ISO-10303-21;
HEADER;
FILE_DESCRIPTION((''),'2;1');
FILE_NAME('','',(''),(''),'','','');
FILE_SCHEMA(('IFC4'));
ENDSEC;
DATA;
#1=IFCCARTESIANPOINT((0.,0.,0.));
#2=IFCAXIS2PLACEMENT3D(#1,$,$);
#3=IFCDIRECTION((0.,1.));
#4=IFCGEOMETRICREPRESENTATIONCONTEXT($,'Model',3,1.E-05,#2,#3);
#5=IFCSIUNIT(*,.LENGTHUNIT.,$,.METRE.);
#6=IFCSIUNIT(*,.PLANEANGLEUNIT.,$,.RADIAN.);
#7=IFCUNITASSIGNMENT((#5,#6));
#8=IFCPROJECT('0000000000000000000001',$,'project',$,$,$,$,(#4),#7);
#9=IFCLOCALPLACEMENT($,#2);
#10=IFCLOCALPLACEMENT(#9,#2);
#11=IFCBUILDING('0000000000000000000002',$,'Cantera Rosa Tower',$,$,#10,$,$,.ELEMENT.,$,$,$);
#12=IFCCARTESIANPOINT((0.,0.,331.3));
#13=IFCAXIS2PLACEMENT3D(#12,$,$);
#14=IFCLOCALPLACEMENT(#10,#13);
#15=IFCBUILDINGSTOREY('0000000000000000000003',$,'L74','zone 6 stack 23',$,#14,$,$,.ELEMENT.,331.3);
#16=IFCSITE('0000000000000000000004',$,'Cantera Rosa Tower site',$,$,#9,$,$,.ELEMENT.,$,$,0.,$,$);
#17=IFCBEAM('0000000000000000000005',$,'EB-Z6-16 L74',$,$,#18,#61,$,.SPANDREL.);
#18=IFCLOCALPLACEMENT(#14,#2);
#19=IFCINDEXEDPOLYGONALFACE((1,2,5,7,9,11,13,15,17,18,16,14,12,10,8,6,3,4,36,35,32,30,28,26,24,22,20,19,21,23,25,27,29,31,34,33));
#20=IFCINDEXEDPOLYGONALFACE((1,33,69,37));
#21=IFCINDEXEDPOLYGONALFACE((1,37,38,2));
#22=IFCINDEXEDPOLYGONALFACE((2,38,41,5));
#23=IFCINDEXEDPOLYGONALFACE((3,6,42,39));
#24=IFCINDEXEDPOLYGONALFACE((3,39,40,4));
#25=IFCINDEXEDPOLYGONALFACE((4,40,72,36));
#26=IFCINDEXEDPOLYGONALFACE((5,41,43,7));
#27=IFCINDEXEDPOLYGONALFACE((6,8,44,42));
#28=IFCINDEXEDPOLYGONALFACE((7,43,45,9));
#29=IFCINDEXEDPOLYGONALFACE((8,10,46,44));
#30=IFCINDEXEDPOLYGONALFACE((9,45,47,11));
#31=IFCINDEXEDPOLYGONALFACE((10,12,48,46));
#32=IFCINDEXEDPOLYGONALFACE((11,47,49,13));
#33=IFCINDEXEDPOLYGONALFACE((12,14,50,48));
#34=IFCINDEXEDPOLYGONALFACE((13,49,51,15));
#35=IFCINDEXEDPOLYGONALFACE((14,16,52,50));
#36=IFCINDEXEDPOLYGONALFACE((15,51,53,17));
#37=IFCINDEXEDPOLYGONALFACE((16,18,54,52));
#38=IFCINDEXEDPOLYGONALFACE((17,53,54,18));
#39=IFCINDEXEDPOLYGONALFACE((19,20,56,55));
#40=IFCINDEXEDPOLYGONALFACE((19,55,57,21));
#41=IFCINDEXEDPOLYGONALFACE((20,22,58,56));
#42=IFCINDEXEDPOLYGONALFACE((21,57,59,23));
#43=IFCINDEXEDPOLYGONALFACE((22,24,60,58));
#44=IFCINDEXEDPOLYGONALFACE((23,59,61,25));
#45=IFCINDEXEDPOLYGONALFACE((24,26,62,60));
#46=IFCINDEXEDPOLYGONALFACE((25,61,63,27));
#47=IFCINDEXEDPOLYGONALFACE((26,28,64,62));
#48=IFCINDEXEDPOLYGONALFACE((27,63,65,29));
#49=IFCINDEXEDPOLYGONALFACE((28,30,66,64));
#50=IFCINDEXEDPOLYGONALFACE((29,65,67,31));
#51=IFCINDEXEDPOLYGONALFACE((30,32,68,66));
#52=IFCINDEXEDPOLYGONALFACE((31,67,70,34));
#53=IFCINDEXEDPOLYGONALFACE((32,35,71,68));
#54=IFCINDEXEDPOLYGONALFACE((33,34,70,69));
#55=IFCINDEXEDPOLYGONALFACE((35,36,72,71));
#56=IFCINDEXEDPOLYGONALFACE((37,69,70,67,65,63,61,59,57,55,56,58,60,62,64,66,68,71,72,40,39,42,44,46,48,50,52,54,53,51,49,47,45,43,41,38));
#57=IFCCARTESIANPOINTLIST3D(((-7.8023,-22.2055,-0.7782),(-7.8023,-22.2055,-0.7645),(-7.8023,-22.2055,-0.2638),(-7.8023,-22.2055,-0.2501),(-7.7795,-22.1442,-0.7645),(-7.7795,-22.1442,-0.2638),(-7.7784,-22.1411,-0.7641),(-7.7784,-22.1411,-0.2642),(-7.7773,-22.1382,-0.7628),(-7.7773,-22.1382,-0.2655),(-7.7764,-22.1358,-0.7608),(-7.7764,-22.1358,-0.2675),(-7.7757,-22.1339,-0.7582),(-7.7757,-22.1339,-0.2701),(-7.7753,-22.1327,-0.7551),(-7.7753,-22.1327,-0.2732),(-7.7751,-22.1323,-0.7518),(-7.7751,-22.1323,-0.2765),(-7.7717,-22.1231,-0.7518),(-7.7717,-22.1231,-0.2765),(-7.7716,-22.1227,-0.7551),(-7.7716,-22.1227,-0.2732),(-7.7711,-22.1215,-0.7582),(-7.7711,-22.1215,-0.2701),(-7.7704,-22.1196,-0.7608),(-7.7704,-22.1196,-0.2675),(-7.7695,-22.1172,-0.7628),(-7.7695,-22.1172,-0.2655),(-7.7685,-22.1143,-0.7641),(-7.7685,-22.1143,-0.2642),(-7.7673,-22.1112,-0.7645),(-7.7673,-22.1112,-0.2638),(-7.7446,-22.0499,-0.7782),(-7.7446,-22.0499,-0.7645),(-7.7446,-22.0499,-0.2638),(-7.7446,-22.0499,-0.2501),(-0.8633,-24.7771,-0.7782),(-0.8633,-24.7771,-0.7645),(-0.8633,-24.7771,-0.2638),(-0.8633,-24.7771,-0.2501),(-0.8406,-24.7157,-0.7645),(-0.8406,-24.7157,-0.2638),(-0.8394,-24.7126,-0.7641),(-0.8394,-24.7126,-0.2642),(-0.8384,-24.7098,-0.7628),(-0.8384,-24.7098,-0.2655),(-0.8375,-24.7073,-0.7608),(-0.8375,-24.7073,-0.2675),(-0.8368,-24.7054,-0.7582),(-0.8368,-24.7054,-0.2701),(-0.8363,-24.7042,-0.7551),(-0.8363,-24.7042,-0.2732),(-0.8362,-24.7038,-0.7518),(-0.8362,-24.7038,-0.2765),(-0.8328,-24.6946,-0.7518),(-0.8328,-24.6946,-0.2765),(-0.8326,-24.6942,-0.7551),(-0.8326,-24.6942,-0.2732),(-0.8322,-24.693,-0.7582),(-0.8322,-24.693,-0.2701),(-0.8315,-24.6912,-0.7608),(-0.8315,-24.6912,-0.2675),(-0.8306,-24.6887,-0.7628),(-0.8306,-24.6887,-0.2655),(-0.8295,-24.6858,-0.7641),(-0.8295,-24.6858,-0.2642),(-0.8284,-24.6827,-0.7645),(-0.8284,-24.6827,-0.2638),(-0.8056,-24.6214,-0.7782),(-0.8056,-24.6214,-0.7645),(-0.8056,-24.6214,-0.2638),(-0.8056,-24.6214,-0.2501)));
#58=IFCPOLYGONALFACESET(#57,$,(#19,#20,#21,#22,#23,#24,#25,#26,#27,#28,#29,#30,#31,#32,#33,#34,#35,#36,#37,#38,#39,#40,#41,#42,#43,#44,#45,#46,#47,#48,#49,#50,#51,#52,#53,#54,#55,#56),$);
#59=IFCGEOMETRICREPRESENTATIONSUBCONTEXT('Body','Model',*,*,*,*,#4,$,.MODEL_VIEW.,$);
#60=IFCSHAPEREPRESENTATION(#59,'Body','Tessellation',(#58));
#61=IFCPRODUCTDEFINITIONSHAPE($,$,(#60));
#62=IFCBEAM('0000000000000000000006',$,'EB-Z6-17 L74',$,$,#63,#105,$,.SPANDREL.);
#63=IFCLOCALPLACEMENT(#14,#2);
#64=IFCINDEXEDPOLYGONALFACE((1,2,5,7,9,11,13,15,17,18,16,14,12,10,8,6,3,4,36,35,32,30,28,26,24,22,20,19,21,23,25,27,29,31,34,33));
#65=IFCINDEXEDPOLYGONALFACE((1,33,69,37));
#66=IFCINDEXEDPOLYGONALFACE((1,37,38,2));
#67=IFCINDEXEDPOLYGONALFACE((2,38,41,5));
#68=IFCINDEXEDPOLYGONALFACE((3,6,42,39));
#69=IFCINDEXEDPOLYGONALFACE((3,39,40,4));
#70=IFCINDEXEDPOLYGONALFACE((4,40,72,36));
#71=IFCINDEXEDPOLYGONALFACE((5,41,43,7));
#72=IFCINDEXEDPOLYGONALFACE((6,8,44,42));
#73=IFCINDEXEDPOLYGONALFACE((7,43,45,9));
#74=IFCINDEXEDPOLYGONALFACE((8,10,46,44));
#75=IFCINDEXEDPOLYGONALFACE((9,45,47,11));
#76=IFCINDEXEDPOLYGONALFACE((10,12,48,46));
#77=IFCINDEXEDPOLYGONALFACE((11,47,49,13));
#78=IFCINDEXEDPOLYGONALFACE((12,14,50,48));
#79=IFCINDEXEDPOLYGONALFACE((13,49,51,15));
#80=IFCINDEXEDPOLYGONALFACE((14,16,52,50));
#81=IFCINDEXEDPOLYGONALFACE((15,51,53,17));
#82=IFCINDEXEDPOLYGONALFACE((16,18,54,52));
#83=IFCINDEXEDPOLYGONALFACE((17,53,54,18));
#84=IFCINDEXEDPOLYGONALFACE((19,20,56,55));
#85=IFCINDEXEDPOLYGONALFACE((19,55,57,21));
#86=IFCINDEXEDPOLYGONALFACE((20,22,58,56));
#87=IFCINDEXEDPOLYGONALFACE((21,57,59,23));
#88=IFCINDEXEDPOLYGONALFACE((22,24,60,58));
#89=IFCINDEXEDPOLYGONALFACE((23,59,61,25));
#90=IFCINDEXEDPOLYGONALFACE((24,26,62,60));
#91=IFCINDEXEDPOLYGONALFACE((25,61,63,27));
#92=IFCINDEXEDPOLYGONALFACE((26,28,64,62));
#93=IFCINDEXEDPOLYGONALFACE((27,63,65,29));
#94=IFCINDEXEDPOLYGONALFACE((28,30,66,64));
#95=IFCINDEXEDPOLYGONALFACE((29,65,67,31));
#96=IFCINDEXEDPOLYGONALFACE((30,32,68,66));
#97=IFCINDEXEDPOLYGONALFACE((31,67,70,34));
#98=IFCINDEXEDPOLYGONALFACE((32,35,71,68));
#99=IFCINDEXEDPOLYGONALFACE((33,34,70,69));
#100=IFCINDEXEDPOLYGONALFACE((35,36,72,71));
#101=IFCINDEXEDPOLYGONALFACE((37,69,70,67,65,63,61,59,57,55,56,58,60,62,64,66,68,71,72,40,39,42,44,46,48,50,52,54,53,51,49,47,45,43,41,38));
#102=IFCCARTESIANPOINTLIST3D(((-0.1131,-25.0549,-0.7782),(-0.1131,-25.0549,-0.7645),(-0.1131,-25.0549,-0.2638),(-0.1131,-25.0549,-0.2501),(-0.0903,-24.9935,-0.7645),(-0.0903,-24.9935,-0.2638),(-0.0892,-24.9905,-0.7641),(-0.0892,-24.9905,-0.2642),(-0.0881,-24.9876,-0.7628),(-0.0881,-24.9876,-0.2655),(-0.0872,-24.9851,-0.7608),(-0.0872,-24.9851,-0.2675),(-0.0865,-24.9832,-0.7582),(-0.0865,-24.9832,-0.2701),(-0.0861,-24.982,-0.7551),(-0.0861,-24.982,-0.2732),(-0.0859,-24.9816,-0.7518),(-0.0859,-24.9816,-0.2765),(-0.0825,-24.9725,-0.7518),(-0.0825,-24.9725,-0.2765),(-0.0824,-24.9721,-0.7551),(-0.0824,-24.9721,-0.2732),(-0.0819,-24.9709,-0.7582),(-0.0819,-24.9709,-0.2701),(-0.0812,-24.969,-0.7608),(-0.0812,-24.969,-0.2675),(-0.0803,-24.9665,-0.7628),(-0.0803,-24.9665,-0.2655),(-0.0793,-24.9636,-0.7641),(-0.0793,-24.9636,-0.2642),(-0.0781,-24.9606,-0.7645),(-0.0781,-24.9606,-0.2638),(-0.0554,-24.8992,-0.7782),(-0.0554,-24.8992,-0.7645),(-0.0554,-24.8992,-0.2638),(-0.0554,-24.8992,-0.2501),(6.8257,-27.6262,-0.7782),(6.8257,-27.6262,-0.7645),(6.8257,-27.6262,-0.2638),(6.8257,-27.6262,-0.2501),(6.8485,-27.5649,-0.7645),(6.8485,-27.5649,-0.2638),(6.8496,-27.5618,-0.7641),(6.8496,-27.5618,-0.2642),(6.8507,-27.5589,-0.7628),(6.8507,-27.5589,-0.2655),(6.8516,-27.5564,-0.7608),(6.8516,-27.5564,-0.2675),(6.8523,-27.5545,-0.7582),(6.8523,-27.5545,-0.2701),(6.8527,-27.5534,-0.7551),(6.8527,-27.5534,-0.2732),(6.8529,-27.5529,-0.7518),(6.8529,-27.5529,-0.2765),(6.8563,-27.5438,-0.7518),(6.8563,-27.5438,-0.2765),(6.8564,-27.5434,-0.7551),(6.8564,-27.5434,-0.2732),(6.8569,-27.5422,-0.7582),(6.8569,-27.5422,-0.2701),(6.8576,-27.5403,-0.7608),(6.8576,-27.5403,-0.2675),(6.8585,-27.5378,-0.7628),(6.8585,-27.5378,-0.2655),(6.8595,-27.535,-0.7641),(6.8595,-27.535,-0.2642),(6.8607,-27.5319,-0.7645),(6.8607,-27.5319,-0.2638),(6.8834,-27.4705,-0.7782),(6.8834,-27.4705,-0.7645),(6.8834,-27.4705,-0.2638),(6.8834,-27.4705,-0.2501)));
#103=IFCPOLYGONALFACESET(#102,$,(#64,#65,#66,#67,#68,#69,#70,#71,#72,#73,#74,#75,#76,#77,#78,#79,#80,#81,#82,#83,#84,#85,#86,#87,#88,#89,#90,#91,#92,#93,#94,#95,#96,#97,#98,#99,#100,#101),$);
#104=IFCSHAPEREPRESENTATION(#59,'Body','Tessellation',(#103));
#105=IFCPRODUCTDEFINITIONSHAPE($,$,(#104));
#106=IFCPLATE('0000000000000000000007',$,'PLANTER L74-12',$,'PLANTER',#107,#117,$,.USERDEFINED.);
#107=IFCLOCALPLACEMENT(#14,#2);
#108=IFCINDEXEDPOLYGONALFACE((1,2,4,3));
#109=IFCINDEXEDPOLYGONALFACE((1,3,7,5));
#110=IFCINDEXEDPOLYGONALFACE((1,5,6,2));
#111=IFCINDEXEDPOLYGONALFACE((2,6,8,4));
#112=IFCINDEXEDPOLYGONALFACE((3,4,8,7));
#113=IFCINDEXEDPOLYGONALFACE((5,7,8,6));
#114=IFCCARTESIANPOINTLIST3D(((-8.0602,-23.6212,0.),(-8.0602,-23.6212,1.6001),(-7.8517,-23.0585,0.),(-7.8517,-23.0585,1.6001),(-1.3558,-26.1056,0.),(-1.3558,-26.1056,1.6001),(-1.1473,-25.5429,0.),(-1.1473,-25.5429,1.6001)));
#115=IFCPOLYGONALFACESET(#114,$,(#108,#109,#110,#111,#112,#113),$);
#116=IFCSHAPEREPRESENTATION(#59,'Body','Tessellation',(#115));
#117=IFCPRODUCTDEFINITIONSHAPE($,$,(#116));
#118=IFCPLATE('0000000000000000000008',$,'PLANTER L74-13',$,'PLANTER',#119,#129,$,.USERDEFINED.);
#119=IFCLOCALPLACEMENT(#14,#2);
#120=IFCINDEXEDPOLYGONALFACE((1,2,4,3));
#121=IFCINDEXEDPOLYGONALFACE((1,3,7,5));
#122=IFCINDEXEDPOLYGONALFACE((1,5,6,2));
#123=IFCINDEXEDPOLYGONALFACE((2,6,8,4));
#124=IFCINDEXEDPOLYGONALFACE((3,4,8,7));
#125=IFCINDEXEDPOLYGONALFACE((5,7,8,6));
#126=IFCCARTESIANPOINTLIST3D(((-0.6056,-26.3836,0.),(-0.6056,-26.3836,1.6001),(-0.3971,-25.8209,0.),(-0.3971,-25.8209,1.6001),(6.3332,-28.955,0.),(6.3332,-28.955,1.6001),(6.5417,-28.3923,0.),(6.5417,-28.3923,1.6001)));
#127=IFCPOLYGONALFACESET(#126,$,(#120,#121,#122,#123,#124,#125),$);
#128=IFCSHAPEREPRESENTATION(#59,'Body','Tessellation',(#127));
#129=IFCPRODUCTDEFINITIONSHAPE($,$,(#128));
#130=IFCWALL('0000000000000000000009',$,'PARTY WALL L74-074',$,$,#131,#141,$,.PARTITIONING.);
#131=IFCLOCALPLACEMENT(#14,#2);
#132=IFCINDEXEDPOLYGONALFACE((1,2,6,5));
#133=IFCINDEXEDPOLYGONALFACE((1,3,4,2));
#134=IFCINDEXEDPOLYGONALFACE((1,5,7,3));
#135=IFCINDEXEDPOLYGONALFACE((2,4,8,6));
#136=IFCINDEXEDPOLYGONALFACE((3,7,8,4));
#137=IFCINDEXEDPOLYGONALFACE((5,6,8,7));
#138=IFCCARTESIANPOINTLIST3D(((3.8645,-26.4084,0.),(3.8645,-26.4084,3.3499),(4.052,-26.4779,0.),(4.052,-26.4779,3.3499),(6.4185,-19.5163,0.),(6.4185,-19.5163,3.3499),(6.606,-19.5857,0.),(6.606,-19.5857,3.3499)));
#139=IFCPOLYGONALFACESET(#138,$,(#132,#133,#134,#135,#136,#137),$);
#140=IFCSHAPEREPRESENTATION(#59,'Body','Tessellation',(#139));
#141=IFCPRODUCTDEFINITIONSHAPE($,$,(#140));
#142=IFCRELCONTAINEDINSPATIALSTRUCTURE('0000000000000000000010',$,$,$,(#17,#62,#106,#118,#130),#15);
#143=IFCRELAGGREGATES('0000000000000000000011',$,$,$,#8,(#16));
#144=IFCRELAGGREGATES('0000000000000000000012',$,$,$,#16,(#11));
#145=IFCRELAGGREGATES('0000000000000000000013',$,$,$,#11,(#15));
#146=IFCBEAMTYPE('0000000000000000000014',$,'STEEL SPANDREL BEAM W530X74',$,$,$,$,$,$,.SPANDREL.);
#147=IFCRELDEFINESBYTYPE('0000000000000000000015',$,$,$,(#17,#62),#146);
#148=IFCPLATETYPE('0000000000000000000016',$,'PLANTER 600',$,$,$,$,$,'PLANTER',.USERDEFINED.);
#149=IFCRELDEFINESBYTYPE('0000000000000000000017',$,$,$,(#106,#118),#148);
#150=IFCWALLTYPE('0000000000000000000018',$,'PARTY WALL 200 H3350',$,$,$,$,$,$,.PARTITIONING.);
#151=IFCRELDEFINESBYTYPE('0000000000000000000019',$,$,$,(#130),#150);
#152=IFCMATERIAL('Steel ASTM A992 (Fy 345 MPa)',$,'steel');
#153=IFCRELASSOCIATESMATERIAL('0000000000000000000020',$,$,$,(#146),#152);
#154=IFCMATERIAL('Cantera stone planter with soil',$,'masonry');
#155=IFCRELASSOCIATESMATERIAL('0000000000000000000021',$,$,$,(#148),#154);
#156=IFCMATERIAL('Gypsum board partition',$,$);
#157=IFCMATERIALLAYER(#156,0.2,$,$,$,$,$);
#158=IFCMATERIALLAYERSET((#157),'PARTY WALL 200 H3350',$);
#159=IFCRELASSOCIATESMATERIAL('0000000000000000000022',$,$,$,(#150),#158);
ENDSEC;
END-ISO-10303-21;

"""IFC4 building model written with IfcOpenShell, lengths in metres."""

from ifc_helpers import new_model, si_unit, direction, frame, frame_2d, origin, origin_2d, place, context, subcontext, project, spatial, rectangle, i_section, extrude, material, layer, layer_set, material_profile, profile_set, type_object, element, save


model = new_model("IFC4")

# Units and contexts
model_context = context("Model", 3, precision=1e-05, world=origin(), true_north=direction((0.0, 1.0)))
body_context = subcontext(model_context, "Body", "Model", "MODEL_VIEW")
ifc_project = project(units=[si_unit("LENGTHUNIT", "METRE"), si_unit("PLANEANGLEUNIT", "RADIAN")], contexts=[model_context])

# Site, building, storey
site_placement = place(None, origin())
site = spatial("IfcSite", under=ifc_project, at=site_placement, Name="Cantera Rosa Tower site", CompositionType="ELEMENT", RefElevation=0.0)
building_placement = place(site_placement, origin())
building = spatial("IfcBuilding", under=site, at=building_placement, Name="Cantera Rosa Tower", CompositionType="ELEMENT")
storey_placement = place(building_placement, frame((0.0, 0.0, 331.3)))
storey = spatial("IfcBuildingStorey", under=building, at=storey_placement, Name="L74", Description="zone 6 stack 23", CompositionType="ELEMENT", Elevation=331.3)

# Beams
ifc_material_1 = material(Name="Steel ASTM A992 (Fy 345 MPa)", Category="steel")
ifc_material_profile_1 = material_profile(ifc_material_1, i_section(OverallWidth=0.166, OverallDepth=0.5281, WebThickness=0.0098, FlangeThickness=0.0137, FilletRadius=0.0127, at=origin_2d()), Name="W530X74")
ifc_profile_set_1 = profile_set([ifc_material_profile_1], Name="Steel ASTM A992 (Fy 345 MPa)")
beam_type_1 = type_object("IfcBeamType", Name="STEEL SPANDREL BEAM W530X74", PredefinedType="SPANDREL", material=ifc_profile_set_1)
beam_1_placement = place(storey_placement, frame((-7.7734, -22.1277, -0.5142), z_axis=(0.937681, -0.347498, 0.0), x_axis=(0.347498, 0.937681, 0.0)))
element("IfcBeam", 1, at=beam_1_placement, inside=storey, type_object=beam_type_1, Name="EB-Z6-16 L74", PredefinedType="SPANDREL", context=body_context, shape_type="SweptSolid", body=[
    extrude(i_section(OverallWidth=0.166, OverallDepth=0.5281, WebThickness=0.0098, FlangeThickness=0.0137, FilletRadius=0.0127, at=origin_2d()), origin(), (0.0, 0.0, 1.0), 7.4001),
])
beam_2_placement = place(storey_placement, frame((-0.0842, -24.9771, -0.5142), z_axis=(0.937687, -0.34748, 0.0), x_axis=(0.34748, 0.937687, 0.0)))
element("IfcBeam", 2, at=beam_2_placement, inside=storey, type_object=beam_type_1, Name="EB-Z6-17 L74", PredefinedType="SPANDREL", context=body_context, shape_type="SweptSolid", body=[
    extrude(i_section(OverallWidth=0.166, OverallDepth=0.5281, WebThickness=0.0098, FlangeThickness=0.0137, FilletRadius=0.0127, at=origin_2d()), origin(), (0.0, 0.0, 1.0), 7.3999),
])

# Plates
ifc_material_2 = material(Name="Cantera stone planter with soil", Category="masonry")
plate_type = type_object("IfcPlateType", Name="PLANTER 600", ElementType="PLANTER", PredefinedType="USERDEFINED", material=ifc_material_2)
plate_1_placement = place(storey_placement, frame((-4.6038, -24.582, 0.0), z_axis=(0.0, 0.0, 1.0), x_axis=(0.937687, -0.347481, 0.0)))
element("IfcPlate", 3, at=plate_1_placement, inside=storey, type_object=plate_type, Name="PLANTER L74-12", ObjectType="PLANTER", PredefinedType="USERDEFINED", context=body_context, shape_type="SweptSolid", body=[
    extrude(rectangle(XDim=7.1499, YDim=0.6001, at=origin_2d()), origin(), (0.0, 0.0, 1.0), 1.6001),
])
plate_2_placement = place(storey_placement, frame((2.968, -27.3879, 0.0), z_axis=(0.0, 0.0, 1.0), x_axis=(0.937687, -0.347481, 0.0)))
element("IfcPlate", 4, at=plate_2_placement, inside=storey, type_object=plate_type, Name="PLANTER L74-13", ObjectType="PLANTER", PredefinedType="USERDEFINED", context=body_context, shape_type="SweptSolid", body=[
    extrude(rectangle(XDim=7.3999, YDim=0.6001, at=origin_2d()), origin(), (0.0, 0.0, 1.0), 1.6001),
])

# Wall
ifc_material_3 = material(Name="Gypsum board partition")
ifc_layer_1 = layer(ifc_material_3, 0.2)
ifc_layer_set_1 = layer_set([ifc_layer_1], Name="PARTY WALL 200 H3350")
wall_type_1 = type_object("IfcWallType", Name="PARTY WALL 200 H3350", PredefinedType="PARTITIONING", material=ifc_layer_set_1)
wall_1_placement = place(storey_placement, frame((3.9583, -26.4431, 0.0), z_axis=(0.0, 0.0, 1.0), x_axis=(0.347473, 0.93769, 0.0)))
element("IfcWall", 5, at=wall_1_placement, inside=storey, type_object=wall_type_1, Name="PARTY WALL L74-074", PredefinedType="PARTITIONING", context=body_context, shape_type="SweptSolid", body=[
    extrude(rectangle(XDim=7.3501, YDim=0.2, at=frame_2d((3.675, 0.0))), origin(), (0.0, 0.0, 1.0), 3.3499),
])

save(model, "model.ifc")
